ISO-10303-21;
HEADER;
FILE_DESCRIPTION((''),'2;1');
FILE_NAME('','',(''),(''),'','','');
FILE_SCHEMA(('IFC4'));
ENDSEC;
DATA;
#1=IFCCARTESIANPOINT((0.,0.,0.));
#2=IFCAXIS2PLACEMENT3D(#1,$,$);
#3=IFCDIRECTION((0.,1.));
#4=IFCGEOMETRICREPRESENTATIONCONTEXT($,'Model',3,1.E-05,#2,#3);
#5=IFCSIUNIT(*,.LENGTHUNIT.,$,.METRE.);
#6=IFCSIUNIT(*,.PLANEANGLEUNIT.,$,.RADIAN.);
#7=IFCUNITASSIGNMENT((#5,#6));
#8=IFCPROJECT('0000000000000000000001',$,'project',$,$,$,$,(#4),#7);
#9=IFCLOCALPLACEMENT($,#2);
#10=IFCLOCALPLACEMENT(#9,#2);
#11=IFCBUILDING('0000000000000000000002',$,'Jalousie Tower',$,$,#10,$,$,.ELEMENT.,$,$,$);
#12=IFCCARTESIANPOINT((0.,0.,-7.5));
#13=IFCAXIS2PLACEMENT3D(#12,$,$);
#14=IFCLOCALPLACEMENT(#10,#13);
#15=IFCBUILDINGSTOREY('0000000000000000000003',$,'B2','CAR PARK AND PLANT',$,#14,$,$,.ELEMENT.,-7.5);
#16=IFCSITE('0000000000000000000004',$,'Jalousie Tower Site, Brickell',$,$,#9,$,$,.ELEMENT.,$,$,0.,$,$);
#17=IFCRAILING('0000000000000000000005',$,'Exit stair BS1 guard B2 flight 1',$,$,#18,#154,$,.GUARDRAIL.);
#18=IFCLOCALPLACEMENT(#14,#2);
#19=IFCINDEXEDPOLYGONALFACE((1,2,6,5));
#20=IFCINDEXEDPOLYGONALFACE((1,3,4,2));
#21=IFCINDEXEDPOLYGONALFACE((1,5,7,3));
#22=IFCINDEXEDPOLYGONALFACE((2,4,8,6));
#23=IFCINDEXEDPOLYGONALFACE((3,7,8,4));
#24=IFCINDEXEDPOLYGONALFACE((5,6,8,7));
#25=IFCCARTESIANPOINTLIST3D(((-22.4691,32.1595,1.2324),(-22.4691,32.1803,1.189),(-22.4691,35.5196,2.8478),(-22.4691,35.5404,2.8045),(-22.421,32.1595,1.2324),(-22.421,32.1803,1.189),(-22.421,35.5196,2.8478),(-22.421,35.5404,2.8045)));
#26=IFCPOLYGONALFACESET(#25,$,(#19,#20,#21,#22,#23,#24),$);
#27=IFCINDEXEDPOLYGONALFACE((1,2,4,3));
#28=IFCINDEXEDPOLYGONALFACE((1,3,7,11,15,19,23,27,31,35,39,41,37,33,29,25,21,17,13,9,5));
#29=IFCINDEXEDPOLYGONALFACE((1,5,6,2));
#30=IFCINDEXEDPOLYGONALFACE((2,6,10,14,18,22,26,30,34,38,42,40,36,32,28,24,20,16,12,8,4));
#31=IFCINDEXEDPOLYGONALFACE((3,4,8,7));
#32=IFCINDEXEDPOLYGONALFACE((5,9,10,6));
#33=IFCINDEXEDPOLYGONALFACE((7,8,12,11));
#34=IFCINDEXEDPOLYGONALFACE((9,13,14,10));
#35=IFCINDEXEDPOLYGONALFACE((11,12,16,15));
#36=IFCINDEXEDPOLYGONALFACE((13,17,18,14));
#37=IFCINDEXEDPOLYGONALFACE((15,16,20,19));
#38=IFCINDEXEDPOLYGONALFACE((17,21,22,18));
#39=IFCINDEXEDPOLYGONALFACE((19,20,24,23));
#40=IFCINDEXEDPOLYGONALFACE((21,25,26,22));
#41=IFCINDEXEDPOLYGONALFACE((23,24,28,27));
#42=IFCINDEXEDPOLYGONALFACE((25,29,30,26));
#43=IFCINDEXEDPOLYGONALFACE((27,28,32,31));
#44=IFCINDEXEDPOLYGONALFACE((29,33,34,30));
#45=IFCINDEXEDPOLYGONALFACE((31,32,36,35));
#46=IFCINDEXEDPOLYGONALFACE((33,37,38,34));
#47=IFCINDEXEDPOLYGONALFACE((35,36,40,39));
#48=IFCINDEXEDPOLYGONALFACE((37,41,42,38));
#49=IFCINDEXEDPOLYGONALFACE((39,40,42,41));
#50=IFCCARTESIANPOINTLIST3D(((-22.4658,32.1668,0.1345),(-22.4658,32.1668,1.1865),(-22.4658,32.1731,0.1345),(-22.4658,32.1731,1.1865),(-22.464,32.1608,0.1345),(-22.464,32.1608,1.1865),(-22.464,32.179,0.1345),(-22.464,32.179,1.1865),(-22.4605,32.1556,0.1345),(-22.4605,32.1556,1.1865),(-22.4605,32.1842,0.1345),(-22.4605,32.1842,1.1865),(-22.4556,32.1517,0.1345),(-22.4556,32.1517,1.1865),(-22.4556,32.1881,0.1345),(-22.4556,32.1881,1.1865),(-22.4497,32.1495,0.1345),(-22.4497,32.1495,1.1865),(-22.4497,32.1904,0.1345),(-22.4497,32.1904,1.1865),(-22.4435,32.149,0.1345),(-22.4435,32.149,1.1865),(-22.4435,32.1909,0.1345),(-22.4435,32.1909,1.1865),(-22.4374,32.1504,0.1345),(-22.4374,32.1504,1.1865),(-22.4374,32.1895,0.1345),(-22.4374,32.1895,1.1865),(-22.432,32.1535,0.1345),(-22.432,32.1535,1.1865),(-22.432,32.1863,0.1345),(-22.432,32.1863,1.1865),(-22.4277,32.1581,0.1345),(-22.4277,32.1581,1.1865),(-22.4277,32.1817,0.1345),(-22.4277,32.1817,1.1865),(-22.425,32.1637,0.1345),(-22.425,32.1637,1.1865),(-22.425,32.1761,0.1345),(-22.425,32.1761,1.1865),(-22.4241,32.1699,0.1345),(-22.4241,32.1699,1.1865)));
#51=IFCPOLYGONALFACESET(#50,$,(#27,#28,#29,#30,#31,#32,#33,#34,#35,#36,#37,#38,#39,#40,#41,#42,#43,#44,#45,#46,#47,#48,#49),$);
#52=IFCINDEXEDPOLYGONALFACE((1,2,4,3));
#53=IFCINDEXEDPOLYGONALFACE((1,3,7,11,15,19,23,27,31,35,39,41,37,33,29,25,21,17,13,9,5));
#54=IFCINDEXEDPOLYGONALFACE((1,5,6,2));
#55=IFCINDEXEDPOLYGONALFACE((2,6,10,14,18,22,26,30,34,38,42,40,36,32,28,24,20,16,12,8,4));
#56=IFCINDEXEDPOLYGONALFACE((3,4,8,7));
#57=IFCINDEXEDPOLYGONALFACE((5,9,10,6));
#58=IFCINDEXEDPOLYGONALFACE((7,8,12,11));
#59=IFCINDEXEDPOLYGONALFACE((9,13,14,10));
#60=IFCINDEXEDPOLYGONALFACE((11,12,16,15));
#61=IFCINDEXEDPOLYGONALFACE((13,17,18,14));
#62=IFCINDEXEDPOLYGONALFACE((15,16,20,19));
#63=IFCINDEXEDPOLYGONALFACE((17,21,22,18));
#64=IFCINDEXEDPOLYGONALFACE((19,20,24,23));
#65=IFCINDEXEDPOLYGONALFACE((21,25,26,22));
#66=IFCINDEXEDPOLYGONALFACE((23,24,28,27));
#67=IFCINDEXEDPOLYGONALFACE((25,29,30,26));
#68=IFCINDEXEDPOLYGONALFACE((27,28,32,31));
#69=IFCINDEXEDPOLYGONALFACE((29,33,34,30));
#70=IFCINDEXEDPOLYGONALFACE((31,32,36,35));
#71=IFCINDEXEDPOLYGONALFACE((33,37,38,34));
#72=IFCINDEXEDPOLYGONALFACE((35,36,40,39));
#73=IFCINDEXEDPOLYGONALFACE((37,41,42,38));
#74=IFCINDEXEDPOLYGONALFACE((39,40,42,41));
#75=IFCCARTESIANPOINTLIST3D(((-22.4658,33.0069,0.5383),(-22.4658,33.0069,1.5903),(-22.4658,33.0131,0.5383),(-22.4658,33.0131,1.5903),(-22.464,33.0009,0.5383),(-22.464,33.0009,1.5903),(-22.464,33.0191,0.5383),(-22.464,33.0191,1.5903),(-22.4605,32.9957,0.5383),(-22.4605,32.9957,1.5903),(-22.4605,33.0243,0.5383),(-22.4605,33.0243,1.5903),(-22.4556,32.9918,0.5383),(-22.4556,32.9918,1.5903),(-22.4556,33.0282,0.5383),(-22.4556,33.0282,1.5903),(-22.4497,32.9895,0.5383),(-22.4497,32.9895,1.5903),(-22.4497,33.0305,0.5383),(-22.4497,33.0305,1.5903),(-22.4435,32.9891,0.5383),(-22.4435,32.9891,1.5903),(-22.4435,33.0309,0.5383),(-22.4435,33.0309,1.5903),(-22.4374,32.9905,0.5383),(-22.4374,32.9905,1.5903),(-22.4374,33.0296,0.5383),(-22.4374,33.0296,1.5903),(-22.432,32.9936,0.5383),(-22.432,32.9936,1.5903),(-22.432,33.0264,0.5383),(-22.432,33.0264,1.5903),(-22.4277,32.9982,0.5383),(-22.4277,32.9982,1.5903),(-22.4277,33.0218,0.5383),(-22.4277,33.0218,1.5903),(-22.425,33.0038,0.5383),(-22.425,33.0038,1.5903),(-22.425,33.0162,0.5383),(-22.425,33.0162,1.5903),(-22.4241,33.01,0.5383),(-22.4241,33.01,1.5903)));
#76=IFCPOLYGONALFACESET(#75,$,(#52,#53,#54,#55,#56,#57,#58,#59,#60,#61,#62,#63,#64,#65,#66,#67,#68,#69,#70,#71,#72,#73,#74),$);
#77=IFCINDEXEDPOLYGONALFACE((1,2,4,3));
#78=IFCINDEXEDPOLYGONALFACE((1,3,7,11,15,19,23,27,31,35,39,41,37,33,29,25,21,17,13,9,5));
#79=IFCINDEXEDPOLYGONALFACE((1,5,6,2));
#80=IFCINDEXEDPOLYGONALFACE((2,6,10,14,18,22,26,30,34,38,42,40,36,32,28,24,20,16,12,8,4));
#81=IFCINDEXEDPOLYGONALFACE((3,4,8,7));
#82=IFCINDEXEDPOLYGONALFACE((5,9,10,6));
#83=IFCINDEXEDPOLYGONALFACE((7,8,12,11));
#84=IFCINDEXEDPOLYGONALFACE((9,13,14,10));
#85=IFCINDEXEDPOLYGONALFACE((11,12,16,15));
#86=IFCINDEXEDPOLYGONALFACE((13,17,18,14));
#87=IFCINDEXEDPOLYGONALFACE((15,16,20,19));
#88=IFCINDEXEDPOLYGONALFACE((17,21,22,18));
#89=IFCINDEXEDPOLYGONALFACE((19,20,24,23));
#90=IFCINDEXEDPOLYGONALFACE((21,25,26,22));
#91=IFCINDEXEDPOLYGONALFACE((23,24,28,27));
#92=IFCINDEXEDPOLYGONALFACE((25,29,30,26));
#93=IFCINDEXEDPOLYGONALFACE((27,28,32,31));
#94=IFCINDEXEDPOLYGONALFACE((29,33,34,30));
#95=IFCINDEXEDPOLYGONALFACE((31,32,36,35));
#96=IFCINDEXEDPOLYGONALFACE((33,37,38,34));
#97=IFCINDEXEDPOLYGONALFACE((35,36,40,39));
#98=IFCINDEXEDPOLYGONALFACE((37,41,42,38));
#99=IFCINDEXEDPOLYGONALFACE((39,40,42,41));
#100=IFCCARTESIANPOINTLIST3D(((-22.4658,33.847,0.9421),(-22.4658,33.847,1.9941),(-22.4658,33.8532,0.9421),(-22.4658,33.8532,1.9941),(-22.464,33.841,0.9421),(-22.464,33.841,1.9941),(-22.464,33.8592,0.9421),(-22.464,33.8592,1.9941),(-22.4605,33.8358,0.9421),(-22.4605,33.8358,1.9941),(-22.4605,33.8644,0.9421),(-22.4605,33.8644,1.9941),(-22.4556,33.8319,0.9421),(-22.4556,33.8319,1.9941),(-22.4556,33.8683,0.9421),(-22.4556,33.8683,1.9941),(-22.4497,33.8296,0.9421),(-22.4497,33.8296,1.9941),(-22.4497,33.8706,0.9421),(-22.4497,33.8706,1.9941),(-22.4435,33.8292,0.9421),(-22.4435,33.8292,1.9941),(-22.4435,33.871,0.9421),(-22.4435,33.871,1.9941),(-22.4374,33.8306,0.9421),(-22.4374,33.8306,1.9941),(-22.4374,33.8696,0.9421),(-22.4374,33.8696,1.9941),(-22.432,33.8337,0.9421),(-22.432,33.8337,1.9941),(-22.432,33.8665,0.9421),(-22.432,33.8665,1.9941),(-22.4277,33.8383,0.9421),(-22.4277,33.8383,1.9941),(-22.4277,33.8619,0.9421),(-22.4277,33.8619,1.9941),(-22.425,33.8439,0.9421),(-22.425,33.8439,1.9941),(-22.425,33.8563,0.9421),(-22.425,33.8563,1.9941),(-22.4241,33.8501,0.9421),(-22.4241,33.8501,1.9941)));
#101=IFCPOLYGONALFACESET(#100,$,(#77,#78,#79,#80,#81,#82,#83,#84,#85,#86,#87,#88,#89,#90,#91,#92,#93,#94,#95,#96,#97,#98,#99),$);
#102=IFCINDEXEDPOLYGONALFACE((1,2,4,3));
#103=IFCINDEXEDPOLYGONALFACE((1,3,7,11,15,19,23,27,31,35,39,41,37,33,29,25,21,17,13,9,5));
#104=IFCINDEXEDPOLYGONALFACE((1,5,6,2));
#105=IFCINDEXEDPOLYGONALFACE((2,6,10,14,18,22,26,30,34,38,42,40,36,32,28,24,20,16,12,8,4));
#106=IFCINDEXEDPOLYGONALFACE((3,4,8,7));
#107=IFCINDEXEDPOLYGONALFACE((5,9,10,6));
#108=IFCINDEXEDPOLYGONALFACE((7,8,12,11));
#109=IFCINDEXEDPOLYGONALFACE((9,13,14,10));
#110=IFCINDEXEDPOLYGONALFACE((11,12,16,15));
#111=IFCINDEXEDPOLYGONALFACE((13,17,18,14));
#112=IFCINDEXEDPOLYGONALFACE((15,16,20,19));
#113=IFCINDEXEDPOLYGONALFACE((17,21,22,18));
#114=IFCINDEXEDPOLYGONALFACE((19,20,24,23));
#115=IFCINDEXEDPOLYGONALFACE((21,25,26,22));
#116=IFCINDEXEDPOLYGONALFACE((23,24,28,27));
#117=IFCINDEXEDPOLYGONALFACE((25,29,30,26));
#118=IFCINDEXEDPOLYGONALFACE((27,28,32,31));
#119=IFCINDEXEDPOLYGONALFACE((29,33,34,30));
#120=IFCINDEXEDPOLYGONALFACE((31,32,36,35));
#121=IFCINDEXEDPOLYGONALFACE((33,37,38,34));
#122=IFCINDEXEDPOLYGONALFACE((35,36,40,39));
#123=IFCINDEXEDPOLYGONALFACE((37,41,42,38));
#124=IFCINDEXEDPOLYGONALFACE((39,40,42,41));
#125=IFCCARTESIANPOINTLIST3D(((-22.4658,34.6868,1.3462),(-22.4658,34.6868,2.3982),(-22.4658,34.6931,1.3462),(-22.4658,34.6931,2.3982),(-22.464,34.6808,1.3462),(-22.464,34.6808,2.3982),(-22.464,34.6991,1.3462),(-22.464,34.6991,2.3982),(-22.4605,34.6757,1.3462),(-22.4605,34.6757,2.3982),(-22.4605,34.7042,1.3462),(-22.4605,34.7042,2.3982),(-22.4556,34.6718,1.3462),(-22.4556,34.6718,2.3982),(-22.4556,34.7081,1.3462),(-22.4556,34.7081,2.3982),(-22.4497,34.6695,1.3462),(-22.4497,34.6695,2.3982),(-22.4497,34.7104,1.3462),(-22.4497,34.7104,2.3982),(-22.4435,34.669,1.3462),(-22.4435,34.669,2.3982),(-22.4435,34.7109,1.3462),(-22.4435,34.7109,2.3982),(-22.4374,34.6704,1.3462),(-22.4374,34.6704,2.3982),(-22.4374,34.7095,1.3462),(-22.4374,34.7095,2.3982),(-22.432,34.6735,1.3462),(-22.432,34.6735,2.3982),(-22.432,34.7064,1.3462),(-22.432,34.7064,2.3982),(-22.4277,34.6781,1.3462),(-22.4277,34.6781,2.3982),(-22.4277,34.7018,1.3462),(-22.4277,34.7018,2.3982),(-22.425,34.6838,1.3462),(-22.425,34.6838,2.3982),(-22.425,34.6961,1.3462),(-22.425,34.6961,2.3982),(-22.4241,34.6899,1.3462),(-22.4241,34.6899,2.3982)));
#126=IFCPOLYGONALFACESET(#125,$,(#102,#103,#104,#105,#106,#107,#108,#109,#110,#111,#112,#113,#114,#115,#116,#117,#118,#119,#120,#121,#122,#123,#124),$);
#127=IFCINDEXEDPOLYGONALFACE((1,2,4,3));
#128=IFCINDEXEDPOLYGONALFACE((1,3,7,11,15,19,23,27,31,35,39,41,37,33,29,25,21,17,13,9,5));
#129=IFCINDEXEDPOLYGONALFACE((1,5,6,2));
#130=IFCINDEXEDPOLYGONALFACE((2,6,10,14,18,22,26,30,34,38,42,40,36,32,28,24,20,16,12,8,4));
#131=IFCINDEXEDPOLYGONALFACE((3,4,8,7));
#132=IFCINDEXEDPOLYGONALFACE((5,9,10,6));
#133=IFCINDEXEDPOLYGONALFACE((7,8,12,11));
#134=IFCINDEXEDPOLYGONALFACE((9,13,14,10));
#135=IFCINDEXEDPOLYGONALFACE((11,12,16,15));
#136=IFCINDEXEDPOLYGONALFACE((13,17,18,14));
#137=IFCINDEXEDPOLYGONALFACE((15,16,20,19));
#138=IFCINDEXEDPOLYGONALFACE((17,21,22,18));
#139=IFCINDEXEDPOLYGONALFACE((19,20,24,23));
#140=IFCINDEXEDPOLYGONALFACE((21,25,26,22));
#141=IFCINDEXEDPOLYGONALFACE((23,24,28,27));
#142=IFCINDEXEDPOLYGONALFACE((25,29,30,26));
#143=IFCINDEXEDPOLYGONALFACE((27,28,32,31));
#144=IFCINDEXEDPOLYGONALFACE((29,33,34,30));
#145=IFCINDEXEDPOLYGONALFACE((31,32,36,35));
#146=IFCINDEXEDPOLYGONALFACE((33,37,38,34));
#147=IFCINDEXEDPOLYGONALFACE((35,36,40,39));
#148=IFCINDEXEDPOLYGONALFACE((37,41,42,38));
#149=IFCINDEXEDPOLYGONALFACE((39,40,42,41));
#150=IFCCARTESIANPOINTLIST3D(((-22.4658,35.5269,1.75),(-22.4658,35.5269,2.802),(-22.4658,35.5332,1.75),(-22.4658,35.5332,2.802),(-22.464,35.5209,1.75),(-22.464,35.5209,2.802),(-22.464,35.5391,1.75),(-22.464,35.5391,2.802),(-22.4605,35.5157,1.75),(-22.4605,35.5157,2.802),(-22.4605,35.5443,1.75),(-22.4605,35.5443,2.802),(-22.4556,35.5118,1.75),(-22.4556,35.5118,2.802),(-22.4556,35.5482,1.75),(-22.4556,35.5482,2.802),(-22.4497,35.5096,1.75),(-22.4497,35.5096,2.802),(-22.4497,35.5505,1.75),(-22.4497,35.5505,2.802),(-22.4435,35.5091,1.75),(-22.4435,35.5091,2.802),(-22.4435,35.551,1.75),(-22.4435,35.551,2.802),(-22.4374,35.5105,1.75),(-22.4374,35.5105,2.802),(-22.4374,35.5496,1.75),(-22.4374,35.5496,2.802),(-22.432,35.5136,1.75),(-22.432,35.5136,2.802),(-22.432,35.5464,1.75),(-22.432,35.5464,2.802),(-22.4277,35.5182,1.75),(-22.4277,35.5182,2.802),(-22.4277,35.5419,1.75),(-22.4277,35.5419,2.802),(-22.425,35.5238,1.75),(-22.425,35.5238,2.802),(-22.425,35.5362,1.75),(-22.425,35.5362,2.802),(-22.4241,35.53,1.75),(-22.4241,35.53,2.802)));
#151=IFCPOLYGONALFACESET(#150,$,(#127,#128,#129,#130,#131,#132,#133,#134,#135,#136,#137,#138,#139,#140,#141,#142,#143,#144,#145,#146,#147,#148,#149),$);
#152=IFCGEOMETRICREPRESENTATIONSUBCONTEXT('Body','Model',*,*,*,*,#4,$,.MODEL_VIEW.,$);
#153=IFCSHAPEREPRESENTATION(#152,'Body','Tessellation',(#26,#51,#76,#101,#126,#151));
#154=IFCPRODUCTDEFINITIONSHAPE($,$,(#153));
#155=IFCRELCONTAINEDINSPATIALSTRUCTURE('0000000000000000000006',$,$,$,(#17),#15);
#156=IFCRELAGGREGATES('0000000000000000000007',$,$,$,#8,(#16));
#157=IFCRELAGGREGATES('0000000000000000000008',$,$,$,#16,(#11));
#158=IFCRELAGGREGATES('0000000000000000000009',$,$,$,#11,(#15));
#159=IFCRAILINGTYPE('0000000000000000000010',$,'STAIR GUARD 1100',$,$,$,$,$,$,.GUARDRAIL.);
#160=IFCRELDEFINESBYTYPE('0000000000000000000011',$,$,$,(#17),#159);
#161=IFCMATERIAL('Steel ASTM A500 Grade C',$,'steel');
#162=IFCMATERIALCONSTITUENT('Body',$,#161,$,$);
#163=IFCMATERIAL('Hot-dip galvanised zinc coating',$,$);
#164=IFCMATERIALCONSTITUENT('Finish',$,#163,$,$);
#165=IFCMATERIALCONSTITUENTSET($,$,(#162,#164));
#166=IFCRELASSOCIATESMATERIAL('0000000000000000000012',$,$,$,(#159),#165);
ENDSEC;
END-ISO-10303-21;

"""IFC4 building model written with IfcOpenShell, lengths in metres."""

from ifc_helpers import new_model, si_unit, direction, frame, origin, origin_2d, place, context, subcontext, project, spatial, rectangle, circle, extrude, material, constituent, constituent_set, type_object, element, save


model = new_model("IFC4")

# Units and contexts
model_context = context("Model", 3, precision=1e-05, world=origin(), true_north=direction((0.0, 1.0)))
body_context = subcontext(model_context, "Body", "Model", "MODEL_VIEW")
ifc_project = project(units=[si_unit("LENGTHUNIT", "METRE"), si_unit("PLANEANGLEUNIT", "RADIAN")], contexts=[model_context])

# Site, building, storey
site_placement = place(None, origin())
site = spatial("IfcSite", under=ifc_project, at=site_placement, Name="Jalousie Tower Site, Brickell", CompositionType="ELEMENT", RefElevation=0.0)
building_placement = place(site_placement, origin())
building = spatial("IfcBuilding", under=site, at=building_placement, Name="Jalousie Tower", CompositionType="ELEMENT")
storey_placement = place(building_placement, frame((0.0, 0.0, -7.5)))
storey = spatial("IfcBuildingStorey", under=building, at=storey_placement, Name="B2", Description="CAR PARK AND PLANT", CompositionType="ELEMENT", Elevation=-7.5)

# Railing
ifc_material_1 = material(Name="Steel ASTM A500 Grade C", Category="steel")
ifc_constituent_1 = constituent(ifc_material_1, Name="Body")
ifc_material_2 = material(Name="Hot-dip galvanised zinc coating")
ifc_constituent_2 = constituent(ifc_material_2, Name="Finish")
ifc_constituent_set_1 = constituent_set(constituents=[ifc_constituent_1, ifc_constituent_2])
railing_type_1 = type_object("IfcRailingType", Name="STAIR GUARD 1100", PredefinedType="GUARDRAIL", material=ifc_constituent_set_1)
railing_1_placement = place(storey_placement, frame((-22.4451, 32.1699, 0.1345)))
element("IfcRailing", 1, at=railing_1_placement, inside=storey, type_object=railing_type_1, Name="Exit stair BS1 guard B2 flight 1", PredefinedType="GUARDRAIL", context=body_context, shape_type="SweptSolid", body=[
    extrude(rectangle(XDim=0.0481, YDim=0.0481, at=origin_2d()), frame((0.0, 0.0, 1.0762), z_axis=(0.0, 0.901248, 0.433304), x_axis=(-1.0, 0.0, 0.0)), (0.0, 0.0, 1.0), 3.7283),
    extrude(circle(Radius=0.021, at=origin_2d()), origin(), (0.0, 0.0, 1.0), 1.052),
    extrude(circle(Radius=0.021, at=origin_2d()), frame((0.0, 0.8401, 0.4038)), (0.0, 0.0, 1.0), 1.052),
    extrude(circle(Radius=0.021, at=origin_2d()), frame((0.0, 1.6802, 0.8076)), (0.0, 0.0, 1.0), 1.052),
    extrude(circle(Radius=0.021, at=origin_2d()), frame((0.0, 2.52, 1.2117)), (0.0, 0.0, 1.0), 1.052),
    extrude(circle(Radius=0.021, at=origin_2d()), frame((0.0, 3.3601, 1.6155)), (0.0, 0.0, 1.0), 1.052),
])

save(model, "model.ifc")
